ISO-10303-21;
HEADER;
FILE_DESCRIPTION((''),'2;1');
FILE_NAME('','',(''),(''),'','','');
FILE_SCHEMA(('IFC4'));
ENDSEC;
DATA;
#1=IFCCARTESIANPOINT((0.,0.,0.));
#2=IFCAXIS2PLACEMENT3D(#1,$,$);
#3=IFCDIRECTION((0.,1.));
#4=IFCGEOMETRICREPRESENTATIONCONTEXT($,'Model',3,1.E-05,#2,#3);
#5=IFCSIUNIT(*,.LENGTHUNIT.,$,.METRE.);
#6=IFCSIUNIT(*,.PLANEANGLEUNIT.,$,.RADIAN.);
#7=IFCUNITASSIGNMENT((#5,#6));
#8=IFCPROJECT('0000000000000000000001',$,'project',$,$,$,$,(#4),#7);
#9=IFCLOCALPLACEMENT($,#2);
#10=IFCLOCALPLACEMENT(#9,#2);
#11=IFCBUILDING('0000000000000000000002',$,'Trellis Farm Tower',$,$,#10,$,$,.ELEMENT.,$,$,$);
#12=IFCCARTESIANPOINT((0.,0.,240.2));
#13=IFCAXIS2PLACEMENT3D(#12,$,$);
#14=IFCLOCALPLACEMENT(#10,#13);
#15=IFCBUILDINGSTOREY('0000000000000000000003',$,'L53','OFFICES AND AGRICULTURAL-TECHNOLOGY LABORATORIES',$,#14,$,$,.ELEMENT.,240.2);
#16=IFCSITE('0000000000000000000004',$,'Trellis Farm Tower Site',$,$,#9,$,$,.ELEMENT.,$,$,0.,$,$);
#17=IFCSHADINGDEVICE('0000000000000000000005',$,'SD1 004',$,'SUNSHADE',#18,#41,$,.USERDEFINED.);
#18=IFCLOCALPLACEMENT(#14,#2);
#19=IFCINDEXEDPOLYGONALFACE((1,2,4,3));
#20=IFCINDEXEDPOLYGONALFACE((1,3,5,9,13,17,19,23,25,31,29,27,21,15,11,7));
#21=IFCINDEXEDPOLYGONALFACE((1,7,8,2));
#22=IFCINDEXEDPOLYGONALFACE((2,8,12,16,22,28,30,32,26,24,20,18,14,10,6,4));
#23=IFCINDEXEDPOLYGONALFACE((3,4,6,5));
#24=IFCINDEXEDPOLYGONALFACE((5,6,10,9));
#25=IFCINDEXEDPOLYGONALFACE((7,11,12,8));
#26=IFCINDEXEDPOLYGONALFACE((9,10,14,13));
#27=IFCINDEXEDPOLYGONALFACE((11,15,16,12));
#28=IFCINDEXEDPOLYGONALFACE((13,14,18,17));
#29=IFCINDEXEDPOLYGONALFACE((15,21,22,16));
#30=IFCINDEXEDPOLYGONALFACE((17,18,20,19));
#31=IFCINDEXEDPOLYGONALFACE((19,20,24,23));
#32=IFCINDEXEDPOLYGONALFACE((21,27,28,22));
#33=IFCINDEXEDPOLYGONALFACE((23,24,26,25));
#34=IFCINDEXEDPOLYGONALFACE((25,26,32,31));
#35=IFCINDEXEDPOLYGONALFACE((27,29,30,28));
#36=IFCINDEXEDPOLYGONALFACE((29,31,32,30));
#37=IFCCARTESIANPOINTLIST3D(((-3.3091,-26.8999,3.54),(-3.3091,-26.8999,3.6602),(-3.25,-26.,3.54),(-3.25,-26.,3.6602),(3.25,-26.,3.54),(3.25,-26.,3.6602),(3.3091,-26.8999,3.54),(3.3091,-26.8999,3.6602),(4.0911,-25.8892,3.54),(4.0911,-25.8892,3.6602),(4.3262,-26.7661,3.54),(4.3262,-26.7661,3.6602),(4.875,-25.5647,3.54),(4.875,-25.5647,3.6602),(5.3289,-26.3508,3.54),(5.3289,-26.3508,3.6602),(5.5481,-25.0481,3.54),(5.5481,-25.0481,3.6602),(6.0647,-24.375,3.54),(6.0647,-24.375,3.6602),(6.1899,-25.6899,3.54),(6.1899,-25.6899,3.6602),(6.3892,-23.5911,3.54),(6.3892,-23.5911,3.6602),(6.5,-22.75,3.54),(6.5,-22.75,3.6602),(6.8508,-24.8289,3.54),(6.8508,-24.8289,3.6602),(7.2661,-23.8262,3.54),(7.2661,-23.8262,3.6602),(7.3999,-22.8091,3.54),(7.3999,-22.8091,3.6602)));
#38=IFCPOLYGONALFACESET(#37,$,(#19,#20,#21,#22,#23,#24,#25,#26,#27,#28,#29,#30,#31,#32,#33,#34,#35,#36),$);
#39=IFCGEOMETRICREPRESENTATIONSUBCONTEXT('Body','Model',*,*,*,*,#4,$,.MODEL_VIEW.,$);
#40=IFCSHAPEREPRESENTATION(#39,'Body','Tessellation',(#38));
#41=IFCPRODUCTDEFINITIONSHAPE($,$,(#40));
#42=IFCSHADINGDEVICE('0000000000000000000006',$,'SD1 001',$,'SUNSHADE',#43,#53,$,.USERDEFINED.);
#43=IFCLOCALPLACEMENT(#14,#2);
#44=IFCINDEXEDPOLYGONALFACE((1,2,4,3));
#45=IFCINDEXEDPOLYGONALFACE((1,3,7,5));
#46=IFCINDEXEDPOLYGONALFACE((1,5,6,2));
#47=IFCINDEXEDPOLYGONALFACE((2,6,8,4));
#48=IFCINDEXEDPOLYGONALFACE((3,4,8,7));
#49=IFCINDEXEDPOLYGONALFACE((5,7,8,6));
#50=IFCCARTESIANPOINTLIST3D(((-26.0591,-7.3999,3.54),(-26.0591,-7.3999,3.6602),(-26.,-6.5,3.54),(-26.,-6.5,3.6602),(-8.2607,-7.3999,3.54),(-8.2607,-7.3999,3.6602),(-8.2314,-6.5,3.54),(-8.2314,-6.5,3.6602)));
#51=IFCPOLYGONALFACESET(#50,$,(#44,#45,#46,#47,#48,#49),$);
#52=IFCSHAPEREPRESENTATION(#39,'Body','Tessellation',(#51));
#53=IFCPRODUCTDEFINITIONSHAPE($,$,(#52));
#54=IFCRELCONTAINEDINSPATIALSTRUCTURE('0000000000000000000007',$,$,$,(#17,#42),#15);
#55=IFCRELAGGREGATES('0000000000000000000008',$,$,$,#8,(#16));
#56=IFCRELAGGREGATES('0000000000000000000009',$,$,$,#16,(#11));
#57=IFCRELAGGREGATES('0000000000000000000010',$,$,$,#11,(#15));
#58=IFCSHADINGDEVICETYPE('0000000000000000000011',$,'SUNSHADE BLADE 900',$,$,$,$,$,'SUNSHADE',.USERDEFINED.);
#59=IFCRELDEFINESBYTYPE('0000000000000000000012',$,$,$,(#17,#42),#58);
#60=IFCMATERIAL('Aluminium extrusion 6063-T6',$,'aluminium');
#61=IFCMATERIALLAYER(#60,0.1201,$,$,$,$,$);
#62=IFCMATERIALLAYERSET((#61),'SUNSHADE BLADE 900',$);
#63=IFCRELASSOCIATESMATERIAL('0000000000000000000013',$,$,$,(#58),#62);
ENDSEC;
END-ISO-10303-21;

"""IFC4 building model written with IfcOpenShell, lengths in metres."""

from ifc_helpers import new_model, si_unit, direction, frame, origin, place, context, subcontext, project, spatial, polyline, outline, extrude, source, transform, mapped, material, layer, layer_set, type_object, element, save


model = new_model("IFC4")

# Units and contexts
model_context = context("Model", 3, precision=1e-05, world=origin(), true_north=direction((0.0, 1.0)))
body_context = subcontext(model_context, "Body", "Model", "MODEL_VIEW")
ifc_project = project(units=[si_unit("LENGTHUNIT", "METRE"), si_unit("PLANEANGLEUNIT", "RADIAN")], contexts=[model_context])

# Site, building, storey
site_placement = place(None, origin())
site = spatial("IfcSite", under=ifc_project, at=site_placement, Name="Trellis Farm Tower Site", CompositionType="ELEMENT", RefElevation=0.0)
building_placement = place(site_placement, origin())
building = spatial("IfcBuilding", under=site, at=building_placement, Name="Trellis Farm Tower", CompositionType="ELEMENT")
storey_placement = place(building_placement, frame((0.0, 0.0, 240.2)))
storey = spatial("IfcBuildingStorey", under=building, at=storey_placement, Name="L53", Description="OFFICES AND AGRICULTURAL-TECHNOLOGY LABORATORIES", CompositionType="ELEMENT", Elevation=240.2)

# Shared definitions
ifc_material_1 = material(Name="Aluminium extrusion 6063-T6", Category="aluminium")

# Shading devices
ifc_layer_1 = layer(ifc_material_1, 0.1201)
ifc_layer_set_1 = layer_set([ifc_layer_1], Name="SUNSHADE BLADE 900")
shading_device_type_1 = type_object("IfcShadingDeviceType", Name="SUNSHADE BLADE 900", ElementType="SUNSHADE", PredefinedType="USERDEFINED", material=ifc_layer_set_1)
placement_1 = place(storey_placement, frame((0.0, 0.0, 3.54)))
shared_shape_1 = source(origin(), body_context, "Body", "SweptSolid", [
    extrude(outline(polyline([(-3.3091, -26.8999), (3.3091, -26.8999), (4.3262, -26.7661), (5.3289, -26.3508), (6.1899, -25.6899), (6.8508, -24.8289), (7.2661, -23.8262), (7.3999, -22.8091), (6.5, -22.75), (6.3892, -23.5911), (6.0647, -24.375), (5.5481, -25.0481), (4.875, -25.5647), (4.0911, -25.8892), (3.25, -26.0), (-3.25, -26.0), (-3.3091, -26.8999)])), origin(), (0.0, 0.0, 1.0), 0.1201),
])
element("IfcShadingDevice", 1, at=placement_1, inside=storey, type_object=shading_device_type_1, Name="SD1 004", ObjectType="SUNSHADE", PredefinedType="USERDEFINED", context=body_context, shape_type="MappedRepresentation", body=[
    mapped(shared_shape_1, transform((0.0, 0.0, 0.0))),
])
shared_shape_2 = source(origin(), body_context, "Body", "SweptSolid", [
    extrude(outline(polyline([(-26.0591, -7.3999), (-8.2607, -7.3999), (-8.2314, -6.5), (-26.0, -6.5), (-26.0591, -7.3999)])), origin(), (0.0, 0.0, 1.0), 0.1201),
])
element("IfcShadingDevice", 2, at=placement_1, inside=storey, type_object=shading_device_type_1, Name="SD1 001", ObjectType="SUNSHADE", PredefinedType="USERDEFINED", context=body_context, shape_type="MappedRepresentation", body=[
    mapped(shared_shape_2, transform((0.0, 0.0, 0.0))),
])

save(model, "model.ifc")
